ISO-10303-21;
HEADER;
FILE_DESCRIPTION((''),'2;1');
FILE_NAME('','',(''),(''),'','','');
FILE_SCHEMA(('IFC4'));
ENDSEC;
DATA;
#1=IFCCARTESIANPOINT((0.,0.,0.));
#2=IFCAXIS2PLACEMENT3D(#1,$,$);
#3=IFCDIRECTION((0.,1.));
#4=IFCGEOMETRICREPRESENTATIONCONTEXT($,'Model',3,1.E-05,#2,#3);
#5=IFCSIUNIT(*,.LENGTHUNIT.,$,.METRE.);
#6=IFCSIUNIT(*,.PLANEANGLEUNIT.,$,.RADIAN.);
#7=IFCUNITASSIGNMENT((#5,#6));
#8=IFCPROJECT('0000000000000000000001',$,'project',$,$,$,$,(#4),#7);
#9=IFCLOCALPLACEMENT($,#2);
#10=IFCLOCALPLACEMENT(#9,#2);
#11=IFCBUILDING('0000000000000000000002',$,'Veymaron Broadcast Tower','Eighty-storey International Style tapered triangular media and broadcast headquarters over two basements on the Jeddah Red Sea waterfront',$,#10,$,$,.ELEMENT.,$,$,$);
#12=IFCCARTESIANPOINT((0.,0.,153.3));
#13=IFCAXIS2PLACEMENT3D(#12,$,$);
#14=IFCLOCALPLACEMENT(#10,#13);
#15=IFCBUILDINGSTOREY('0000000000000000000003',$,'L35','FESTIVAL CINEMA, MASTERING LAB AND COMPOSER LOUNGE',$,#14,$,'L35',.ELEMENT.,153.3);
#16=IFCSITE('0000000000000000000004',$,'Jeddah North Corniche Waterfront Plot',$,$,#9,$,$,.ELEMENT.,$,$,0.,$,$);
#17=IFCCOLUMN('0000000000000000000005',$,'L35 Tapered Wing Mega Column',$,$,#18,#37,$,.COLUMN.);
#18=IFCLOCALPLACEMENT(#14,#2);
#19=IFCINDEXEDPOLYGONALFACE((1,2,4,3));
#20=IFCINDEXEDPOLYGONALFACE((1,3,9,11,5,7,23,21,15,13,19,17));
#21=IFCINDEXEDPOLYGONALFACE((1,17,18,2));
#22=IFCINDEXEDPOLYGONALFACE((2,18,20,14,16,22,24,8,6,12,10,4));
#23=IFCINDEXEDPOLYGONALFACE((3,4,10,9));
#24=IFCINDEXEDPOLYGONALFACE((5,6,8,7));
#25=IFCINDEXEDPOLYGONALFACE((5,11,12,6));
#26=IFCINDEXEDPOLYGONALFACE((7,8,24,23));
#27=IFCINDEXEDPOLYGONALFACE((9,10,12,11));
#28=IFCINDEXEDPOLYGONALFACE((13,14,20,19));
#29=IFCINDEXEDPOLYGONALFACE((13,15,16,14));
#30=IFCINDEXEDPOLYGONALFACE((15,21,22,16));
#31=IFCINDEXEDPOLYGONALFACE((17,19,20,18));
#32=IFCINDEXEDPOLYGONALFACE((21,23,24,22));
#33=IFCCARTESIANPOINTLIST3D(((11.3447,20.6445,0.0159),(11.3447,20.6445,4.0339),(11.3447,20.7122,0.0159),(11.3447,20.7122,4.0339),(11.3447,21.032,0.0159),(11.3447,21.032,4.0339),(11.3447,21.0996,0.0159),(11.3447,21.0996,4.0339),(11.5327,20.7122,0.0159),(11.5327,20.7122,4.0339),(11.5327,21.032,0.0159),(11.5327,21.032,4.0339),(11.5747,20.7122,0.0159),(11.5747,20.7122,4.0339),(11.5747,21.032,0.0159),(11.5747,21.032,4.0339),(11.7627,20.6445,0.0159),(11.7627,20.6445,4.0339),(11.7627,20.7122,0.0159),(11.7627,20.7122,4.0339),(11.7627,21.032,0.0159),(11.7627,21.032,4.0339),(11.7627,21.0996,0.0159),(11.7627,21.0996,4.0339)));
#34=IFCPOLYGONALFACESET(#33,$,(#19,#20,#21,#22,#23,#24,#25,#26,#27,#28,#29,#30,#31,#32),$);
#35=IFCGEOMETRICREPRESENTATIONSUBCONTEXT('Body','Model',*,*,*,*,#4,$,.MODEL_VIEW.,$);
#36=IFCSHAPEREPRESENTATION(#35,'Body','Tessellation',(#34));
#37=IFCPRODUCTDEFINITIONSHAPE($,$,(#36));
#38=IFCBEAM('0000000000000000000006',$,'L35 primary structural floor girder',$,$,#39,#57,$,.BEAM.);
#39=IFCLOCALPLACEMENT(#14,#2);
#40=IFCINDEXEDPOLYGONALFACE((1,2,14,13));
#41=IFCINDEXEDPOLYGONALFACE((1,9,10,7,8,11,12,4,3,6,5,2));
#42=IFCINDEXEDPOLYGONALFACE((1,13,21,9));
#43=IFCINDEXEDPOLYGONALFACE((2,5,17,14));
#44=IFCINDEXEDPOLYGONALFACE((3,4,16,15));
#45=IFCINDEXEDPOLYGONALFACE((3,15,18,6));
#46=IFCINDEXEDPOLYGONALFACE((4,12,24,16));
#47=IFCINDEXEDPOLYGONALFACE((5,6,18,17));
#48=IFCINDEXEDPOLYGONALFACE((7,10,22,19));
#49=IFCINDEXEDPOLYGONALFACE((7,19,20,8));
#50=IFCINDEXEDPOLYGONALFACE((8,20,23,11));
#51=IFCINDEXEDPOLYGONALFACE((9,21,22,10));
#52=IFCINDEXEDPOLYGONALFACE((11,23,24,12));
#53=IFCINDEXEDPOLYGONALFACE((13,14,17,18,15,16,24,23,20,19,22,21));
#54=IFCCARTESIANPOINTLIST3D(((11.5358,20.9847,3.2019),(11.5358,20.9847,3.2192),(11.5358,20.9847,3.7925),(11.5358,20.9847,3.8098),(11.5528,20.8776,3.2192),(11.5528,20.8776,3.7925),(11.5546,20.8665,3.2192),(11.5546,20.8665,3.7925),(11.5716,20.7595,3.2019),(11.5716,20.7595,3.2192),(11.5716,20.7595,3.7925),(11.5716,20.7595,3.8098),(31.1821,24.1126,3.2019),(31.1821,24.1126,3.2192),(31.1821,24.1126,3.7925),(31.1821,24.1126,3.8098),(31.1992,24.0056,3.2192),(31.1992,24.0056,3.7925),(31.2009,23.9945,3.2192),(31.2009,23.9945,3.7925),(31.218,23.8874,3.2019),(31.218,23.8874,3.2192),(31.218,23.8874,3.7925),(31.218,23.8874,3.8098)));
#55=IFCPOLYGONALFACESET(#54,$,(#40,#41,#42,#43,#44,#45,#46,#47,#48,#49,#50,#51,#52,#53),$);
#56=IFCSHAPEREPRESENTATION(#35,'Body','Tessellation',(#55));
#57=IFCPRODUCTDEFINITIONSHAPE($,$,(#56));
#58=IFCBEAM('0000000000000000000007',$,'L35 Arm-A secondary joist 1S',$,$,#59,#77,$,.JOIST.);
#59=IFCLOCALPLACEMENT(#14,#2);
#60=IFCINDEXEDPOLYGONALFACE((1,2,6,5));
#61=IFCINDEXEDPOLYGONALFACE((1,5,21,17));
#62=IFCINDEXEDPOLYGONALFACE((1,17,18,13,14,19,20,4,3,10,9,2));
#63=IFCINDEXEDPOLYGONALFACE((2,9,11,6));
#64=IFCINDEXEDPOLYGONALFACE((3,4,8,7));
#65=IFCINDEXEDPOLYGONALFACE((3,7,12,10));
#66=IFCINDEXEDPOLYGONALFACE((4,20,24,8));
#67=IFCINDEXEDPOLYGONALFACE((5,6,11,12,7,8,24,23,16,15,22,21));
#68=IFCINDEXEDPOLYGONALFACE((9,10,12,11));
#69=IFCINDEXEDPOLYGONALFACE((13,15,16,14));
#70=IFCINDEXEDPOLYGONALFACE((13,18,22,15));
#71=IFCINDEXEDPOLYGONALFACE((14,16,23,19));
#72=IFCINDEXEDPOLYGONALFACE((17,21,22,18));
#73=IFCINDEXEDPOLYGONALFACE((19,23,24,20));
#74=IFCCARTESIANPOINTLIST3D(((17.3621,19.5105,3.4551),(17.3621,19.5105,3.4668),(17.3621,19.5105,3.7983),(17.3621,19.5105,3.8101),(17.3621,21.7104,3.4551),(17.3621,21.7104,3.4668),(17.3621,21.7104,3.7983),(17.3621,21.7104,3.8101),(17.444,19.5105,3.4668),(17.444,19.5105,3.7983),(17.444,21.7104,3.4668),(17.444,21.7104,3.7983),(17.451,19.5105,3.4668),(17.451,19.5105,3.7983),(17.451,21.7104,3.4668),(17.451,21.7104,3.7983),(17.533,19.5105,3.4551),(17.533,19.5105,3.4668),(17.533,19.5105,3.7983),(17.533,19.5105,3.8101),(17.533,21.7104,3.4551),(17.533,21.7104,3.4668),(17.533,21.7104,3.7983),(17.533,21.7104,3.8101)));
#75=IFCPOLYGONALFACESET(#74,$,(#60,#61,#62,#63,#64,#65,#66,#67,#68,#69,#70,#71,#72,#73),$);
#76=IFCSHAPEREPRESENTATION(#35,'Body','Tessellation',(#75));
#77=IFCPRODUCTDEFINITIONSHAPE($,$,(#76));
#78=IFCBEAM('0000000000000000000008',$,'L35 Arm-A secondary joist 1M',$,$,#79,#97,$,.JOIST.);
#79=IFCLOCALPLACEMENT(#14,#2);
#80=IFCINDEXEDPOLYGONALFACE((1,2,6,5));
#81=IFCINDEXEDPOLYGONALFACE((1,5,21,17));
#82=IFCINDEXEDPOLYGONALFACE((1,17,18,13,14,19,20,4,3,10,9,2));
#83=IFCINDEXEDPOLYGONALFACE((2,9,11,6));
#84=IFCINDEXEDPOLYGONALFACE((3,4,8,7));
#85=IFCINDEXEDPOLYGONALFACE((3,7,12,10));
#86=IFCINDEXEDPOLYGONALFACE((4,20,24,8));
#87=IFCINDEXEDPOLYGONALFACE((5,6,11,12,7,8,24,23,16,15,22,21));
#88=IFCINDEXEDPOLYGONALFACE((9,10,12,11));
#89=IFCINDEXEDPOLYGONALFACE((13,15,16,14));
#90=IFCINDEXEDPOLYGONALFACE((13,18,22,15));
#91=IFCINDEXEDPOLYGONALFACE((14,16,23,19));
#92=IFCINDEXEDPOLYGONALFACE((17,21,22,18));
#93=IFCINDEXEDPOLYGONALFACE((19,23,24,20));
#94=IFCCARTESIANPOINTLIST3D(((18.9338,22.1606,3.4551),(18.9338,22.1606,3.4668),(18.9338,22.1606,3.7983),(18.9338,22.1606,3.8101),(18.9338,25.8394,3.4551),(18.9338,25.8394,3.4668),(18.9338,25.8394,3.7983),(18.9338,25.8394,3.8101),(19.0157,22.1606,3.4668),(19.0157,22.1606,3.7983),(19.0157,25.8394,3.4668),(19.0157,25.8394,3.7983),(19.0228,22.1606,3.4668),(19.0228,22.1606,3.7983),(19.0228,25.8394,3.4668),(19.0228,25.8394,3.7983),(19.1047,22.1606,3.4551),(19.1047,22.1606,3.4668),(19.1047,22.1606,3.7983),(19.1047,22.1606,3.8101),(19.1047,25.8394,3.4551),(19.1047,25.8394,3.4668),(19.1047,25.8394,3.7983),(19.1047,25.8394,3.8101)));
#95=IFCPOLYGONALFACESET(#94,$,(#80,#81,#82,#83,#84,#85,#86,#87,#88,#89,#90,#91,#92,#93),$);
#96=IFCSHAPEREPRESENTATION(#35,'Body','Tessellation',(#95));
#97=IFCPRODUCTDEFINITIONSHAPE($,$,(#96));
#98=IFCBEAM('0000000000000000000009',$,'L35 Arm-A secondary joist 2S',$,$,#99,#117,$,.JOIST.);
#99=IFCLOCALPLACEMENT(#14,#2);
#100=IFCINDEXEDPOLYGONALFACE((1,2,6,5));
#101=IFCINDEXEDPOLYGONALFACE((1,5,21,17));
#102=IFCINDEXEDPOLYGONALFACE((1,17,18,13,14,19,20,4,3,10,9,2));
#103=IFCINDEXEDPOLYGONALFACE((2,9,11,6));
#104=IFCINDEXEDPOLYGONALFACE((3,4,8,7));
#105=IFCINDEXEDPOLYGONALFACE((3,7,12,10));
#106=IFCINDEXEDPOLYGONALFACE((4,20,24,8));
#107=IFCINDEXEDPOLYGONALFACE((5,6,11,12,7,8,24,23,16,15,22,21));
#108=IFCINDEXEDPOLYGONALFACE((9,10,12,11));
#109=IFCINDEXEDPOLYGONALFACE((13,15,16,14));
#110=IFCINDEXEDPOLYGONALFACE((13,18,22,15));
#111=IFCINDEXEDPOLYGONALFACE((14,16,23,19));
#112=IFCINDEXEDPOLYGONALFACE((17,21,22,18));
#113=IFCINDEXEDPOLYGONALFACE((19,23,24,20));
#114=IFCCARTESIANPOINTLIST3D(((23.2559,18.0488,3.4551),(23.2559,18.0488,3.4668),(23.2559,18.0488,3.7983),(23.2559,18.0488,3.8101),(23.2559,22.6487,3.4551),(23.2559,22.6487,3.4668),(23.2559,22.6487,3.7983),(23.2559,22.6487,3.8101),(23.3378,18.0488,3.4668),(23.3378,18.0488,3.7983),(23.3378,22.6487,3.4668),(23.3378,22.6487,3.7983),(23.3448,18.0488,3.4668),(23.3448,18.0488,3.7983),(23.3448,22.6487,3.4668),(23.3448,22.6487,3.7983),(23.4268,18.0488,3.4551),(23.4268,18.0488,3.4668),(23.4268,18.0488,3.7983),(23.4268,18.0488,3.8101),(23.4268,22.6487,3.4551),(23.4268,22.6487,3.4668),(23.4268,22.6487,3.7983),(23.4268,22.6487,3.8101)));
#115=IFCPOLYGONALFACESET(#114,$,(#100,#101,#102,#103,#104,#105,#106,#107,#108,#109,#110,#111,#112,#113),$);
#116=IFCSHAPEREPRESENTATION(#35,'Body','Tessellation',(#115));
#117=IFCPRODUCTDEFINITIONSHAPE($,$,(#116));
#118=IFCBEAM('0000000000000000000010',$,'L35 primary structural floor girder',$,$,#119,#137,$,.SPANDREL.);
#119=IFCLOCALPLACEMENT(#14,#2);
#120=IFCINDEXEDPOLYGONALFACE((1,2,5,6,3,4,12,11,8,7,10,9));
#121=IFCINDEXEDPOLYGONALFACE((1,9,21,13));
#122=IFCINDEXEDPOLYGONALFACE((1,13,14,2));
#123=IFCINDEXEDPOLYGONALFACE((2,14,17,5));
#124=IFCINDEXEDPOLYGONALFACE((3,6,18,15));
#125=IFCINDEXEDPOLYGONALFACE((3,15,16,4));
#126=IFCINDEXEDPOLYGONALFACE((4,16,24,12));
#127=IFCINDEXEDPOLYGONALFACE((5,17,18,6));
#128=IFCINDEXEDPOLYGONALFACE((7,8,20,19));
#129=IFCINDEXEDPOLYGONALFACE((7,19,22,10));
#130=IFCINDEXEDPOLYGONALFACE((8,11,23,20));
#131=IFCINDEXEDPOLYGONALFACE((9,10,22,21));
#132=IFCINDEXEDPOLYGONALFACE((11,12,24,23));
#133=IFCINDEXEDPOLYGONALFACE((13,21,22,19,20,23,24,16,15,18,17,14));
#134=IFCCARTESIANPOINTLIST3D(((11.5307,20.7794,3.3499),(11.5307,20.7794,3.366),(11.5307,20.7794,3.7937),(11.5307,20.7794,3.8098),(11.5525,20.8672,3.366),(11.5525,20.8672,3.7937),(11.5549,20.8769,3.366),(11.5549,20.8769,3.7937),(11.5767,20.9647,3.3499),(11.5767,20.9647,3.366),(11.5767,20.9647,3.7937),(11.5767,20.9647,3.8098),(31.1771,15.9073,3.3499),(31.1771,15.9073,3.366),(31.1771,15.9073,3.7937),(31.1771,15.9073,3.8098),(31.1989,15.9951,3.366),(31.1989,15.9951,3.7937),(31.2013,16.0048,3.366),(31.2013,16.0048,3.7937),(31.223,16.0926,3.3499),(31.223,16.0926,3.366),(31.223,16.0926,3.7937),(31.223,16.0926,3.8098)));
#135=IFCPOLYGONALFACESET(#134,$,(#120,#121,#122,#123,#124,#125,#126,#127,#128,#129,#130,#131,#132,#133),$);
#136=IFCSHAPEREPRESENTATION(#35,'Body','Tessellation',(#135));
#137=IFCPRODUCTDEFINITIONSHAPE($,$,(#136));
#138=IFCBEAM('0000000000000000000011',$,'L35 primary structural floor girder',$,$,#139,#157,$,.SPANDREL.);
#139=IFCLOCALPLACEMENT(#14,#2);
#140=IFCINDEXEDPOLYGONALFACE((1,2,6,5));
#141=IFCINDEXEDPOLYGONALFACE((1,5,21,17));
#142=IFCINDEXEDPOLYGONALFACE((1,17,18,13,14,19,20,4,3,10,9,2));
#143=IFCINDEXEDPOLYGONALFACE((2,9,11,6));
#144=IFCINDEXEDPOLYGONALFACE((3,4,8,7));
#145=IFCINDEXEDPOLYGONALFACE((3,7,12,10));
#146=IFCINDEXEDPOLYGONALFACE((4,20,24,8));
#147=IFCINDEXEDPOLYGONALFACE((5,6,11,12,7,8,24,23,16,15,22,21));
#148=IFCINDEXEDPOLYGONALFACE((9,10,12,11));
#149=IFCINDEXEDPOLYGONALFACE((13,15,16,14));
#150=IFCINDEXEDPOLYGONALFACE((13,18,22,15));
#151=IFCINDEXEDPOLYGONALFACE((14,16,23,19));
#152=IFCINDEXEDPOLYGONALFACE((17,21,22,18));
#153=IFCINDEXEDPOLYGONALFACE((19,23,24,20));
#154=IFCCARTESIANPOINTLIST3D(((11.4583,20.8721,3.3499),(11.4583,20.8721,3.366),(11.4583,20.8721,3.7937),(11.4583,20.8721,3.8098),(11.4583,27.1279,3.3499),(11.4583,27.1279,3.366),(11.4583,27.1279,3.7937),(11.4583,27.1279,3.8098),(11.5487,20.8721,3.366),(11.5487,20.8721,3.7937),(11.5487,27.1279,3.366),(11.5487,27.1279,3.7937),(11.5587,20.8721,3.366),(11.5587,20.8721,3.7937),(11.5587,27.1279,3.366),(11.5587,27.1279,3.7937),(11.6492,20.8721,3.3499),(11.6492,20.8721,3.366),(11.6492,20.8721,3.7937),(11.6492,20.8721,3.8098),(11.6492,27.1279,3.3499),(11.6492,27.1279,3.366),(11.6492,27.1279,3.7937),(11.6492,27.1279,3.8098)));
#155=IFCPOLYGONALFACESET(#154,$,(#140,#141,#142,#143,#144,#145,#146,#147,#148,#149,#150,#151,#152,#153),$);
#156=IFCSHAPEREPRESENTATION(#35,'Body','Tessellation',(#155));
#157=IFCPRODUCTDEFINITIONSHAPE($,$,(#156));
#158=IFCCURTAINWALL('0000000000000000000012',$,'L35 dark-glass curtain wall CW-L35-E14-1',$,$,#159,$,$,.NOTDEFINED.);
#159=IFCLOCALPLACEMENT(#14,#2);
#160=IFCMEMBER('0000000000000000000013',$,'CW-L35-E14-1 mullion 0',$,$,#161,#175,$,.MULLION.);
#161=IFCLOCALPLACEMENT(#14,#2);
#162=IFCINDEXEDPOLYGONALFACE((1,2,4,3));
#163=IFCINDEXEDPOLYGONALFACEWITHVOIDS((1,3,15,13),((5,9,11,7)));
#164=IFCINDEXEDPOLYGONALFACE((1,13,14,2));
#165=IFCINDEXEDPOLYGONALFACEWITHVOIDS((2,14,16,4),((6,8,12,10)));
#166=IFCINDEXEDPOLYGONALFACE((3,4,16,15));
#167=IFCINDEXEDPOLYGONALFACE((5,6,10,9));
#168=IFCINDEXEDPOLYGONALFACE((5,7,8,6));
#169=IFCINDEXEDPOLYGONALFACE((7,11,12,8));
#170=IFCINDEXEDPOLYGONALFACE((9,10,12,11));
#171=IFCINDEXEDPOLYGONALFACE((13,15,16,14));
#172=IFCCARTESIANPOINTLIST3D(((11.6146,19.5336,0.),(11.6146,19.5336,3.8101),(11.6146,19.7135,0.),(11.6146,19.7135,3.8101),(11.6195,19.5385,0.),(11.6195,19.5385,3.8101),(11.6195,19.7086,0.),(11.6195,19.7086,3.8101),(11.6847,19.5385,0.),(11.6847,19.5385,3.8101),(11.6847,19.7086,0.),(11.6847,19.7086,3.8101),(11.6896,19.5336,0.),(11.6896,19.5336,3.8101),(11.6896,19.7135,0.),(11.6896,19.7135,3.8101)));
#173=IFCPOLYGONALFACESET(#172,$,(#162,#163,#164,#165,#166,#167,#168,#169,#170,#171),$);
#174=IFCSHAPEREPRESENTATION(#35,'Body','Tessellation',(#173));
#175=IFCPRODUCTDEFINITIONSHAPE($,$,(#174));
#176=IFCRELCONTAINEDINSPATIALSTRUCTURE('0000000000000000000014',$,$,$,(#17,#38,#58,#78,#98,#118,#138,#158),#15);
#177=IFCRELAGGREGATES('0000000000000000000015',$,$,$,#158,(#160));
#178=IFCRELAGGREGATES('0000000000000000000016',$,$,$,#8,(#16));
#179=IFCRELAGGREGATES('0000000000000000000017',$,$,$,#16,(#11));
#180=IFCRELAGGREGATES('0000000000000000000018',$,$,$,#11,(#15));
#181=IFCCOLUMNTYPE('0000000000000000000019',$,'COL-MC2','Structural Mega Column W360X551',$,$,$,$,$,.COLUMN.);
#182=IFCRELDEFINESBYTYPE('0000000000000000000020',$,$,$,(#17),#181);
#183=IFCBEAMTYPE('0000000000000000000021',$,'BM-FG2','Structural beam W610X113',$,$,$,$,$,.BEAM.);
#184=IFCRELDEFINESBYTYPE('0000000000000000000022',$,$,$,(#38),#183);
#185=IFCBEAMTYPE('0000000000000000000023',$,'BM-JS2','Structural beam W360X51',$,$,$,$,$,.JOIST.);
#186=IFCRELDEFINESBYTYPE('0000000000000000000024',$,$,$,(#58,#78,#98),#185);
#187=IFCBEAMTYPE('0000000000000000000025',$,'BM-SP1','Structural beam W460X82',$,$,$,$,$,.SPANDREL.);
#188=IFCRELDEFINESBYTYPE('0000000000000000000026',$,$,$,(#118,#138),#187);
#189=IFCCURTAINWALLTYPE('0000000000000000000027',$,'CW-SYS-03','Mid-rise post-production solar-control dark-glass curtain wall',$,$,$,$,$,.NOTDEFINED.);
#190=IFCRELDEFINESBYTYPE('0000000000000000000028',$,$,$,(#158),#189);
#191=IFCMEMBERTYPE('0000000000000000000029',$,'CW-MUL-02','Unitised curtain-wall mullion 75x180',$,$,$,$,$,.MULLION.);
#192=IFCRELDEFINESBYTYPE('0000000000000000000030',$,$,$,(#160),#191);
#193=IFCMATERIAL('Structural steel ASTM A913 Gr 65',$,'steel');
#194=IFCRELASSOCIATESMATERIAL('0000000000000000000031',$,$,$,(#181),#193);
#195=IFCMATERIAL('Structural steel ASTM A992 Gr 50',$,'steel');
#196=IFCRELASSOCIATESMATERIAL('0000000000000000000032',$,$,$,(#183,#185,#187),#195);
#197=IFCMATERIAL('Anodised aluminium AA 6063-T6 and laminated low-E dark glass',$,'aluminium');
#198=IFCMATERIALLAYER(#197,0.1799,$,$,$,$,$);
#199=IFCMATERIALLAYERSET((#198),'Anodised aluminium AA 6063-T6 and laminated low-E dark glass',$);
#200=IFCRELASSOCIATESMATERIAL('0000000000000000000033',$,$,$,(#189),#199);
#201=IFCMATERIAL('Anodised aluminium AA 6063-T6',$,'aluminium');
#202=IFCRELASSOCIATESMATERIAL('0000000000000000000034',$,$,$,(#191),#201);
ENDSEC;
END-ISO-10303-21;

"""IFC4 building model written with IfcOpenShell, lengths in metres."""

from ifc_helpers import new_model, si_unit, direction, frame, origin, origin_2d, place, context, subcontext, project, spatial, hollow_rectangle, i_section, extrude, material, layer, layer_set, material_profile, profile_set, type_object, element, aggregate, save


model = new_model("IFC4")

# Units and contexts
model_context = context("Model", 3, precision=1e-05, world=origin(), true_north=direction((0.0, 1.0)))
body_context = subcontext(model_context, "Body", "Model", "MODEL_VIEW")
ifc_project = project(units=[si_unit("LENGTHUNIT", "METRE"), si_unit("PLANEANGLEUNIT", "RADIAN")], contexts=[model_context])

# Site, building, storey
site_placement = place(None, origin())
site = spatial("IfcSite", under=ifc_project, at=site_placement, Name="Jeddah North Corniche Waterfront Plot", CompositionType="ELEMENT", RefElevation=0.0)
building_placement = place(site_placement, origin())
building = spatial("IfcBuilding", under=site, at=building_placement, Name="Veymaron Broadcast Tower", Description="Eighty-storey International Style tapered triangular media and broadcast headquarters over two basements on the Jeddah Red Sea waterfront", CompositionType="ELEMENT")
storey_placement = place(building_placement, frame((0.0, 0.0, 153.3)))
storey = spatial("IfcBuildingStorey", under=building, at=storey_placement, Name="L35", Description="FESTIVAL CINEMA, MASTERING LAB AND COMPOSER LOUNGE", LongName="L35", CompositionType="ELEMENT", Elevation=153.3)

# Column
ifc_material_1 = material(Name="Structural steel ASTM A913 Gr 65", Category="steel")
ifc_material_profile_1 = material_profile(ifc_material_1, i_section(OverallWidth=0.418, OverallDepth=0.4551, WebThickness=0.042, FlangeThickness=0.0676, at=origin_2d()), Name="W360X551")
ifc_profile_set_1 = profile_set([ifc_material_profile_1], Name="Structural steel ASTM A913 Gr 65")
column_type = type_object("IfcColumnType", Name="COL-MC2", Description="Structural Mega Column W360X551", PredefinedType="COLUMN", material=ifc_profile_set_1)
column_placement = place(storey_placement, frame((11.5537, 20.8721, 0.0159), z_axis=(0.0, 0.0, 1.0), x_axis=(1.0, 0.0, 0.0)))
element("IfcColumn", 1, at=column_placement, inside=storey, type_object=column_type, Name="L35 Tapered Wing Mega Column", PredefinedType="COLUMN", context=body_context, shape_type="SweptSolid", body=[
    extrude(i_section(OverallWidth=0.418, OverallDepth=0.4551, WebThickness=0.042, FlangeThickness=0.0676, at=origin_2d()), origin(), (0.0, 0.0, 1.0), 4.0181),
])

# Beams
ifc_material_2 = material(Name="Structural steel ASTM A992 Gr 50", Category="steel")
ifc_material_profile_2 = material_profile(ifc_material_2, i_section(OverallWidth=0.228, OverallDepth=0.6079, WebThickness=0.0112, FlangeThickness=0.0173, at=origin_2d()), Name="W610X113")
ifc_profile_set_2 = profile_set([ifc_material_profile_2], Name="Structural steel ASTM A992 Gr 50")
beam_type_1 = type_object("IfcBeamType", Name="BM-FG2", Description="Structural beam W610X113", PredefinedType="BEAM", material=ifc_profile_set_2)
beam_1_placement = place(storey_placement, frame((11.5537, 20.8721, 3.5059), z_axis=(0.987562, 0.157232, 0.0), x_axis=(-0.157232, 0.987562, 0.0)))
element("IfcBeam", 2, at=beam_1_placement, inside=storey, type_object=beam_type_1, Name="L35 primary structural floor girder", PredefinedType="BEAM", context=body_context, shape_type="SweptSolid", body=[
    extrude(i_section(OverallWidth=0.228, OverallDepth=0.6079, WebThickness=0.0112, FlangeThickness=0.0173, at=origin_2d()), origin(), (0.0, 0.0, 1.0), 19.8938),
])
ifc_material_profile_3 = material_profile(ifc_material_2, i_section(OverallWidth=0.1709, OverallDepth=0.355, WebThickness=0.0071, FlangeThickness=0.0117, at=origin_2d()), Name="W360X51")
ifc_profile_set_3 = profile_set([ifc_material_profile_3], Name="Structural steel ASTM A992 Gr 50")
beam_type_2 = type_object("IfcBeamType", Name="BM-JS2", Description="Structural beam W360X51", PredefinedType="JOIST", material=ifc_profile_set_3)
beam_2_placement = place(storey_placement, frame((17.4475, 19.5105, 3.6326), z_axis=(0.0, 1.0, 0.0), x_axis=(-1.0, 0.0, 0.0)))
element("IfcBeam", 3, at=beam_2_placement, inside=storey, type_object=beam_type_2, Name="L35 Arm-A secondary joist 1S", PredefinedType="JOIST", context=body_context, shape_type="SweptSolid", body=[
    extrude(i_section(OverallWidth=0.1709, OverallDepth=0.355, WebThickness=0.0071, FlangeThickness=0.0117, at=origin_2d()), origin(), (0.0, 0.0, 1.0), 2.2),
])
beam_3_placement = place(storey_placement, frame((19.0193, 22.1606, 3.6326), z_axis=(0.0, 1.0, 0.0), x_axis=(-1.0, 0.0, 0.0)))
element("IfcBeam", 4, at=beam_3_placement, inside=storey, type_object=beam_type_2, Name="L35 Arm-A secondary joist 1M", PredefinedType="JOIST", context=body_context, shape_type="SweptSolid", body=[
    extrude(i_section(OverallWidth=0.1709, OverallDepth=0.355, WebThickness=0.0071, FlangeThickness=0.0117, at=origin_2d()), origin(), (0.0, 0.0, 1.0), 3.6787),
])
beam_4_placement = place(storey_placement, frame((23.3413, 18.0488, 3.6326), z_axis=(0.0, 1.0, 0.0), x_axis=(-1.0, 0.0, 0.0)))
element("IfcBeam", 5, at=beam_4_placement, inside=storey, type_object=beam_type_2, Name="L35 Arm-A secondary joist 2S", PredefinedType="JOIST", context=body_context, shape_type="SweptSolid", body=[
    extrude(i_section(OverallWidth=0.1709, OverallDepth=0.355, WebThickness=0.0071, FlangeThickness=0.0117, at=origin_2d()), origin(), (0.0, 0.0, 1.0), 4.5999),
])
ifc_material_profile_4 = material_profile(ifc_material_2, i_section(OverallWidth=0.1909, OverallDepth=0.46, WebThickness=0.01, FlangeThickness=0.0161, at=origin_2d()), Name="W460X82")
ifc_profile_set_4 = profile_set([ifc_material_profile_4], Name="Structural steel ASTM A992 Gr 50")
beam_type_3 = type_object("IfcBeamType", Name="BM-SP1", Description="Structural beam W460X82", PredefinedType="SPANDREL", material=ifc_profile_set_4)
beam_5_placement = place(storey_placement, frame((11.5537, 20.8721, 3.5798), z_axis=(0.9706, -0.240699, 0.0), x_axis=(0.240699, 0.9706, 0.0)))
element("IfcBeam", 6, at=beam_5_placement, inside=storey, type_object=beam_type_3, Name="L35 primary structural floor girder", PredefinedType="SPANDREL", context=body_context, shape_type="SweptSolid", body=[
    extrude(i_section(OverallWidth=0.1909, OverallDepth=0.46, WebThickness=0.01, FlangeThickness=0.0161, at=origin_2d()), origin(), (0.0, 0.0, 1.0), 20.2415),
])
beam_6_placement = place(storey_placement, frame((11.5537, 20.8721, 3.5798), z_axis=(0.0, 1.0, 0.0), x_axis=(-1.0, 0.0, 0.0)))
element("IfcBeam", 7, at=beam_6_placement, inside=storey, type_object=beam_type_3, Name="L35 primary structural floor girder", PredefinedType="SPANDREL", context=body_context, shape_type="SweptSolid", body=[
    extrude(i_section(OverallWidth=0.1909, OverallDepth=0.46, WebThickness=0.01, FlangeThickness=0.0161, at=origin_2d()), origin(), (0.0, 0.0, 1.0), 6.2559),
])

# Curtain wall, member
ifc_material_3 = material(Name="Anodised aluminium AA 6063-T6 and laminated low-E dark glass", Category="aluminium")
ifc_layer_1 = layer(ifc_material_3, 0.1799)
ifc_layer_set_1 = layer_set([ifc_layer_1], Name="Anodised aluminium AA 6063-T6 and laminated low-E dark glass")
curtain_wall_type = type_object("IfcCurtainWallType", Name="CW-SYS-03", Description="Mid-rise post-production solar-control dark-glass curtain wall", PredefinedType="NOTDEFINED", material=ifc_layer_set_1)
curtain_wall_placement = place(storey_placement, origin())
curtain_wall = element("IfcCurtainWall", 8, at=curtain_wall_placement, inside=storey, type_object=curtain_wall_type, Name="L35 dark-glass curtain wall CW-L35-E14-1", PredefinedType="NOTDEFINED")
ifc_material_4 = material(Name="Anodised aluminium AA 6063-T6", Category="aluminium")
ifc_material_profile_5 = material_profile(ifc_material_4, hollow_rectangle(XDim=0.075, YDim=0.1799, WallThickness=0.0049, at=origin_2d()), Name="AL180X75X5")
ifc_profile_set_5 = profile_set([ifc_material_profile_5], Name="Anodised aluminium AA 6063-T6")
member_type_1 = type_object("IfcMemberType", Name="CW-MUL-02", Description="Unitised curtain-wall mullion 75x180", PredefinedType="MULLION", material=ifc_profile_set_5)
member_1_placement = place(storey_placement, frame((11.6521, 19.6235, 0.0), z_axis=(0.0, 0.0, 1.0), x_axis=(1.0, 0.0, 0.0)))
member_1 = element("IfcMember", 9, at=member_1_placement, type_object=member_type_1, Name="CW-L35-E14-1 mullion 0", PredefinedType="MULLION", context=body_context, shape_type="SweptSolid", body=[
    extrude(hollow_rectangle(XDim=0.075, YDim=0.1799, WallThickness=0.0049, at=origin_2d()), origin(), (0.0, 0.0, 1.0), 3.8101),
])
aggregate(curtain_wall, [member_1])

save(model, "model.ifc")
